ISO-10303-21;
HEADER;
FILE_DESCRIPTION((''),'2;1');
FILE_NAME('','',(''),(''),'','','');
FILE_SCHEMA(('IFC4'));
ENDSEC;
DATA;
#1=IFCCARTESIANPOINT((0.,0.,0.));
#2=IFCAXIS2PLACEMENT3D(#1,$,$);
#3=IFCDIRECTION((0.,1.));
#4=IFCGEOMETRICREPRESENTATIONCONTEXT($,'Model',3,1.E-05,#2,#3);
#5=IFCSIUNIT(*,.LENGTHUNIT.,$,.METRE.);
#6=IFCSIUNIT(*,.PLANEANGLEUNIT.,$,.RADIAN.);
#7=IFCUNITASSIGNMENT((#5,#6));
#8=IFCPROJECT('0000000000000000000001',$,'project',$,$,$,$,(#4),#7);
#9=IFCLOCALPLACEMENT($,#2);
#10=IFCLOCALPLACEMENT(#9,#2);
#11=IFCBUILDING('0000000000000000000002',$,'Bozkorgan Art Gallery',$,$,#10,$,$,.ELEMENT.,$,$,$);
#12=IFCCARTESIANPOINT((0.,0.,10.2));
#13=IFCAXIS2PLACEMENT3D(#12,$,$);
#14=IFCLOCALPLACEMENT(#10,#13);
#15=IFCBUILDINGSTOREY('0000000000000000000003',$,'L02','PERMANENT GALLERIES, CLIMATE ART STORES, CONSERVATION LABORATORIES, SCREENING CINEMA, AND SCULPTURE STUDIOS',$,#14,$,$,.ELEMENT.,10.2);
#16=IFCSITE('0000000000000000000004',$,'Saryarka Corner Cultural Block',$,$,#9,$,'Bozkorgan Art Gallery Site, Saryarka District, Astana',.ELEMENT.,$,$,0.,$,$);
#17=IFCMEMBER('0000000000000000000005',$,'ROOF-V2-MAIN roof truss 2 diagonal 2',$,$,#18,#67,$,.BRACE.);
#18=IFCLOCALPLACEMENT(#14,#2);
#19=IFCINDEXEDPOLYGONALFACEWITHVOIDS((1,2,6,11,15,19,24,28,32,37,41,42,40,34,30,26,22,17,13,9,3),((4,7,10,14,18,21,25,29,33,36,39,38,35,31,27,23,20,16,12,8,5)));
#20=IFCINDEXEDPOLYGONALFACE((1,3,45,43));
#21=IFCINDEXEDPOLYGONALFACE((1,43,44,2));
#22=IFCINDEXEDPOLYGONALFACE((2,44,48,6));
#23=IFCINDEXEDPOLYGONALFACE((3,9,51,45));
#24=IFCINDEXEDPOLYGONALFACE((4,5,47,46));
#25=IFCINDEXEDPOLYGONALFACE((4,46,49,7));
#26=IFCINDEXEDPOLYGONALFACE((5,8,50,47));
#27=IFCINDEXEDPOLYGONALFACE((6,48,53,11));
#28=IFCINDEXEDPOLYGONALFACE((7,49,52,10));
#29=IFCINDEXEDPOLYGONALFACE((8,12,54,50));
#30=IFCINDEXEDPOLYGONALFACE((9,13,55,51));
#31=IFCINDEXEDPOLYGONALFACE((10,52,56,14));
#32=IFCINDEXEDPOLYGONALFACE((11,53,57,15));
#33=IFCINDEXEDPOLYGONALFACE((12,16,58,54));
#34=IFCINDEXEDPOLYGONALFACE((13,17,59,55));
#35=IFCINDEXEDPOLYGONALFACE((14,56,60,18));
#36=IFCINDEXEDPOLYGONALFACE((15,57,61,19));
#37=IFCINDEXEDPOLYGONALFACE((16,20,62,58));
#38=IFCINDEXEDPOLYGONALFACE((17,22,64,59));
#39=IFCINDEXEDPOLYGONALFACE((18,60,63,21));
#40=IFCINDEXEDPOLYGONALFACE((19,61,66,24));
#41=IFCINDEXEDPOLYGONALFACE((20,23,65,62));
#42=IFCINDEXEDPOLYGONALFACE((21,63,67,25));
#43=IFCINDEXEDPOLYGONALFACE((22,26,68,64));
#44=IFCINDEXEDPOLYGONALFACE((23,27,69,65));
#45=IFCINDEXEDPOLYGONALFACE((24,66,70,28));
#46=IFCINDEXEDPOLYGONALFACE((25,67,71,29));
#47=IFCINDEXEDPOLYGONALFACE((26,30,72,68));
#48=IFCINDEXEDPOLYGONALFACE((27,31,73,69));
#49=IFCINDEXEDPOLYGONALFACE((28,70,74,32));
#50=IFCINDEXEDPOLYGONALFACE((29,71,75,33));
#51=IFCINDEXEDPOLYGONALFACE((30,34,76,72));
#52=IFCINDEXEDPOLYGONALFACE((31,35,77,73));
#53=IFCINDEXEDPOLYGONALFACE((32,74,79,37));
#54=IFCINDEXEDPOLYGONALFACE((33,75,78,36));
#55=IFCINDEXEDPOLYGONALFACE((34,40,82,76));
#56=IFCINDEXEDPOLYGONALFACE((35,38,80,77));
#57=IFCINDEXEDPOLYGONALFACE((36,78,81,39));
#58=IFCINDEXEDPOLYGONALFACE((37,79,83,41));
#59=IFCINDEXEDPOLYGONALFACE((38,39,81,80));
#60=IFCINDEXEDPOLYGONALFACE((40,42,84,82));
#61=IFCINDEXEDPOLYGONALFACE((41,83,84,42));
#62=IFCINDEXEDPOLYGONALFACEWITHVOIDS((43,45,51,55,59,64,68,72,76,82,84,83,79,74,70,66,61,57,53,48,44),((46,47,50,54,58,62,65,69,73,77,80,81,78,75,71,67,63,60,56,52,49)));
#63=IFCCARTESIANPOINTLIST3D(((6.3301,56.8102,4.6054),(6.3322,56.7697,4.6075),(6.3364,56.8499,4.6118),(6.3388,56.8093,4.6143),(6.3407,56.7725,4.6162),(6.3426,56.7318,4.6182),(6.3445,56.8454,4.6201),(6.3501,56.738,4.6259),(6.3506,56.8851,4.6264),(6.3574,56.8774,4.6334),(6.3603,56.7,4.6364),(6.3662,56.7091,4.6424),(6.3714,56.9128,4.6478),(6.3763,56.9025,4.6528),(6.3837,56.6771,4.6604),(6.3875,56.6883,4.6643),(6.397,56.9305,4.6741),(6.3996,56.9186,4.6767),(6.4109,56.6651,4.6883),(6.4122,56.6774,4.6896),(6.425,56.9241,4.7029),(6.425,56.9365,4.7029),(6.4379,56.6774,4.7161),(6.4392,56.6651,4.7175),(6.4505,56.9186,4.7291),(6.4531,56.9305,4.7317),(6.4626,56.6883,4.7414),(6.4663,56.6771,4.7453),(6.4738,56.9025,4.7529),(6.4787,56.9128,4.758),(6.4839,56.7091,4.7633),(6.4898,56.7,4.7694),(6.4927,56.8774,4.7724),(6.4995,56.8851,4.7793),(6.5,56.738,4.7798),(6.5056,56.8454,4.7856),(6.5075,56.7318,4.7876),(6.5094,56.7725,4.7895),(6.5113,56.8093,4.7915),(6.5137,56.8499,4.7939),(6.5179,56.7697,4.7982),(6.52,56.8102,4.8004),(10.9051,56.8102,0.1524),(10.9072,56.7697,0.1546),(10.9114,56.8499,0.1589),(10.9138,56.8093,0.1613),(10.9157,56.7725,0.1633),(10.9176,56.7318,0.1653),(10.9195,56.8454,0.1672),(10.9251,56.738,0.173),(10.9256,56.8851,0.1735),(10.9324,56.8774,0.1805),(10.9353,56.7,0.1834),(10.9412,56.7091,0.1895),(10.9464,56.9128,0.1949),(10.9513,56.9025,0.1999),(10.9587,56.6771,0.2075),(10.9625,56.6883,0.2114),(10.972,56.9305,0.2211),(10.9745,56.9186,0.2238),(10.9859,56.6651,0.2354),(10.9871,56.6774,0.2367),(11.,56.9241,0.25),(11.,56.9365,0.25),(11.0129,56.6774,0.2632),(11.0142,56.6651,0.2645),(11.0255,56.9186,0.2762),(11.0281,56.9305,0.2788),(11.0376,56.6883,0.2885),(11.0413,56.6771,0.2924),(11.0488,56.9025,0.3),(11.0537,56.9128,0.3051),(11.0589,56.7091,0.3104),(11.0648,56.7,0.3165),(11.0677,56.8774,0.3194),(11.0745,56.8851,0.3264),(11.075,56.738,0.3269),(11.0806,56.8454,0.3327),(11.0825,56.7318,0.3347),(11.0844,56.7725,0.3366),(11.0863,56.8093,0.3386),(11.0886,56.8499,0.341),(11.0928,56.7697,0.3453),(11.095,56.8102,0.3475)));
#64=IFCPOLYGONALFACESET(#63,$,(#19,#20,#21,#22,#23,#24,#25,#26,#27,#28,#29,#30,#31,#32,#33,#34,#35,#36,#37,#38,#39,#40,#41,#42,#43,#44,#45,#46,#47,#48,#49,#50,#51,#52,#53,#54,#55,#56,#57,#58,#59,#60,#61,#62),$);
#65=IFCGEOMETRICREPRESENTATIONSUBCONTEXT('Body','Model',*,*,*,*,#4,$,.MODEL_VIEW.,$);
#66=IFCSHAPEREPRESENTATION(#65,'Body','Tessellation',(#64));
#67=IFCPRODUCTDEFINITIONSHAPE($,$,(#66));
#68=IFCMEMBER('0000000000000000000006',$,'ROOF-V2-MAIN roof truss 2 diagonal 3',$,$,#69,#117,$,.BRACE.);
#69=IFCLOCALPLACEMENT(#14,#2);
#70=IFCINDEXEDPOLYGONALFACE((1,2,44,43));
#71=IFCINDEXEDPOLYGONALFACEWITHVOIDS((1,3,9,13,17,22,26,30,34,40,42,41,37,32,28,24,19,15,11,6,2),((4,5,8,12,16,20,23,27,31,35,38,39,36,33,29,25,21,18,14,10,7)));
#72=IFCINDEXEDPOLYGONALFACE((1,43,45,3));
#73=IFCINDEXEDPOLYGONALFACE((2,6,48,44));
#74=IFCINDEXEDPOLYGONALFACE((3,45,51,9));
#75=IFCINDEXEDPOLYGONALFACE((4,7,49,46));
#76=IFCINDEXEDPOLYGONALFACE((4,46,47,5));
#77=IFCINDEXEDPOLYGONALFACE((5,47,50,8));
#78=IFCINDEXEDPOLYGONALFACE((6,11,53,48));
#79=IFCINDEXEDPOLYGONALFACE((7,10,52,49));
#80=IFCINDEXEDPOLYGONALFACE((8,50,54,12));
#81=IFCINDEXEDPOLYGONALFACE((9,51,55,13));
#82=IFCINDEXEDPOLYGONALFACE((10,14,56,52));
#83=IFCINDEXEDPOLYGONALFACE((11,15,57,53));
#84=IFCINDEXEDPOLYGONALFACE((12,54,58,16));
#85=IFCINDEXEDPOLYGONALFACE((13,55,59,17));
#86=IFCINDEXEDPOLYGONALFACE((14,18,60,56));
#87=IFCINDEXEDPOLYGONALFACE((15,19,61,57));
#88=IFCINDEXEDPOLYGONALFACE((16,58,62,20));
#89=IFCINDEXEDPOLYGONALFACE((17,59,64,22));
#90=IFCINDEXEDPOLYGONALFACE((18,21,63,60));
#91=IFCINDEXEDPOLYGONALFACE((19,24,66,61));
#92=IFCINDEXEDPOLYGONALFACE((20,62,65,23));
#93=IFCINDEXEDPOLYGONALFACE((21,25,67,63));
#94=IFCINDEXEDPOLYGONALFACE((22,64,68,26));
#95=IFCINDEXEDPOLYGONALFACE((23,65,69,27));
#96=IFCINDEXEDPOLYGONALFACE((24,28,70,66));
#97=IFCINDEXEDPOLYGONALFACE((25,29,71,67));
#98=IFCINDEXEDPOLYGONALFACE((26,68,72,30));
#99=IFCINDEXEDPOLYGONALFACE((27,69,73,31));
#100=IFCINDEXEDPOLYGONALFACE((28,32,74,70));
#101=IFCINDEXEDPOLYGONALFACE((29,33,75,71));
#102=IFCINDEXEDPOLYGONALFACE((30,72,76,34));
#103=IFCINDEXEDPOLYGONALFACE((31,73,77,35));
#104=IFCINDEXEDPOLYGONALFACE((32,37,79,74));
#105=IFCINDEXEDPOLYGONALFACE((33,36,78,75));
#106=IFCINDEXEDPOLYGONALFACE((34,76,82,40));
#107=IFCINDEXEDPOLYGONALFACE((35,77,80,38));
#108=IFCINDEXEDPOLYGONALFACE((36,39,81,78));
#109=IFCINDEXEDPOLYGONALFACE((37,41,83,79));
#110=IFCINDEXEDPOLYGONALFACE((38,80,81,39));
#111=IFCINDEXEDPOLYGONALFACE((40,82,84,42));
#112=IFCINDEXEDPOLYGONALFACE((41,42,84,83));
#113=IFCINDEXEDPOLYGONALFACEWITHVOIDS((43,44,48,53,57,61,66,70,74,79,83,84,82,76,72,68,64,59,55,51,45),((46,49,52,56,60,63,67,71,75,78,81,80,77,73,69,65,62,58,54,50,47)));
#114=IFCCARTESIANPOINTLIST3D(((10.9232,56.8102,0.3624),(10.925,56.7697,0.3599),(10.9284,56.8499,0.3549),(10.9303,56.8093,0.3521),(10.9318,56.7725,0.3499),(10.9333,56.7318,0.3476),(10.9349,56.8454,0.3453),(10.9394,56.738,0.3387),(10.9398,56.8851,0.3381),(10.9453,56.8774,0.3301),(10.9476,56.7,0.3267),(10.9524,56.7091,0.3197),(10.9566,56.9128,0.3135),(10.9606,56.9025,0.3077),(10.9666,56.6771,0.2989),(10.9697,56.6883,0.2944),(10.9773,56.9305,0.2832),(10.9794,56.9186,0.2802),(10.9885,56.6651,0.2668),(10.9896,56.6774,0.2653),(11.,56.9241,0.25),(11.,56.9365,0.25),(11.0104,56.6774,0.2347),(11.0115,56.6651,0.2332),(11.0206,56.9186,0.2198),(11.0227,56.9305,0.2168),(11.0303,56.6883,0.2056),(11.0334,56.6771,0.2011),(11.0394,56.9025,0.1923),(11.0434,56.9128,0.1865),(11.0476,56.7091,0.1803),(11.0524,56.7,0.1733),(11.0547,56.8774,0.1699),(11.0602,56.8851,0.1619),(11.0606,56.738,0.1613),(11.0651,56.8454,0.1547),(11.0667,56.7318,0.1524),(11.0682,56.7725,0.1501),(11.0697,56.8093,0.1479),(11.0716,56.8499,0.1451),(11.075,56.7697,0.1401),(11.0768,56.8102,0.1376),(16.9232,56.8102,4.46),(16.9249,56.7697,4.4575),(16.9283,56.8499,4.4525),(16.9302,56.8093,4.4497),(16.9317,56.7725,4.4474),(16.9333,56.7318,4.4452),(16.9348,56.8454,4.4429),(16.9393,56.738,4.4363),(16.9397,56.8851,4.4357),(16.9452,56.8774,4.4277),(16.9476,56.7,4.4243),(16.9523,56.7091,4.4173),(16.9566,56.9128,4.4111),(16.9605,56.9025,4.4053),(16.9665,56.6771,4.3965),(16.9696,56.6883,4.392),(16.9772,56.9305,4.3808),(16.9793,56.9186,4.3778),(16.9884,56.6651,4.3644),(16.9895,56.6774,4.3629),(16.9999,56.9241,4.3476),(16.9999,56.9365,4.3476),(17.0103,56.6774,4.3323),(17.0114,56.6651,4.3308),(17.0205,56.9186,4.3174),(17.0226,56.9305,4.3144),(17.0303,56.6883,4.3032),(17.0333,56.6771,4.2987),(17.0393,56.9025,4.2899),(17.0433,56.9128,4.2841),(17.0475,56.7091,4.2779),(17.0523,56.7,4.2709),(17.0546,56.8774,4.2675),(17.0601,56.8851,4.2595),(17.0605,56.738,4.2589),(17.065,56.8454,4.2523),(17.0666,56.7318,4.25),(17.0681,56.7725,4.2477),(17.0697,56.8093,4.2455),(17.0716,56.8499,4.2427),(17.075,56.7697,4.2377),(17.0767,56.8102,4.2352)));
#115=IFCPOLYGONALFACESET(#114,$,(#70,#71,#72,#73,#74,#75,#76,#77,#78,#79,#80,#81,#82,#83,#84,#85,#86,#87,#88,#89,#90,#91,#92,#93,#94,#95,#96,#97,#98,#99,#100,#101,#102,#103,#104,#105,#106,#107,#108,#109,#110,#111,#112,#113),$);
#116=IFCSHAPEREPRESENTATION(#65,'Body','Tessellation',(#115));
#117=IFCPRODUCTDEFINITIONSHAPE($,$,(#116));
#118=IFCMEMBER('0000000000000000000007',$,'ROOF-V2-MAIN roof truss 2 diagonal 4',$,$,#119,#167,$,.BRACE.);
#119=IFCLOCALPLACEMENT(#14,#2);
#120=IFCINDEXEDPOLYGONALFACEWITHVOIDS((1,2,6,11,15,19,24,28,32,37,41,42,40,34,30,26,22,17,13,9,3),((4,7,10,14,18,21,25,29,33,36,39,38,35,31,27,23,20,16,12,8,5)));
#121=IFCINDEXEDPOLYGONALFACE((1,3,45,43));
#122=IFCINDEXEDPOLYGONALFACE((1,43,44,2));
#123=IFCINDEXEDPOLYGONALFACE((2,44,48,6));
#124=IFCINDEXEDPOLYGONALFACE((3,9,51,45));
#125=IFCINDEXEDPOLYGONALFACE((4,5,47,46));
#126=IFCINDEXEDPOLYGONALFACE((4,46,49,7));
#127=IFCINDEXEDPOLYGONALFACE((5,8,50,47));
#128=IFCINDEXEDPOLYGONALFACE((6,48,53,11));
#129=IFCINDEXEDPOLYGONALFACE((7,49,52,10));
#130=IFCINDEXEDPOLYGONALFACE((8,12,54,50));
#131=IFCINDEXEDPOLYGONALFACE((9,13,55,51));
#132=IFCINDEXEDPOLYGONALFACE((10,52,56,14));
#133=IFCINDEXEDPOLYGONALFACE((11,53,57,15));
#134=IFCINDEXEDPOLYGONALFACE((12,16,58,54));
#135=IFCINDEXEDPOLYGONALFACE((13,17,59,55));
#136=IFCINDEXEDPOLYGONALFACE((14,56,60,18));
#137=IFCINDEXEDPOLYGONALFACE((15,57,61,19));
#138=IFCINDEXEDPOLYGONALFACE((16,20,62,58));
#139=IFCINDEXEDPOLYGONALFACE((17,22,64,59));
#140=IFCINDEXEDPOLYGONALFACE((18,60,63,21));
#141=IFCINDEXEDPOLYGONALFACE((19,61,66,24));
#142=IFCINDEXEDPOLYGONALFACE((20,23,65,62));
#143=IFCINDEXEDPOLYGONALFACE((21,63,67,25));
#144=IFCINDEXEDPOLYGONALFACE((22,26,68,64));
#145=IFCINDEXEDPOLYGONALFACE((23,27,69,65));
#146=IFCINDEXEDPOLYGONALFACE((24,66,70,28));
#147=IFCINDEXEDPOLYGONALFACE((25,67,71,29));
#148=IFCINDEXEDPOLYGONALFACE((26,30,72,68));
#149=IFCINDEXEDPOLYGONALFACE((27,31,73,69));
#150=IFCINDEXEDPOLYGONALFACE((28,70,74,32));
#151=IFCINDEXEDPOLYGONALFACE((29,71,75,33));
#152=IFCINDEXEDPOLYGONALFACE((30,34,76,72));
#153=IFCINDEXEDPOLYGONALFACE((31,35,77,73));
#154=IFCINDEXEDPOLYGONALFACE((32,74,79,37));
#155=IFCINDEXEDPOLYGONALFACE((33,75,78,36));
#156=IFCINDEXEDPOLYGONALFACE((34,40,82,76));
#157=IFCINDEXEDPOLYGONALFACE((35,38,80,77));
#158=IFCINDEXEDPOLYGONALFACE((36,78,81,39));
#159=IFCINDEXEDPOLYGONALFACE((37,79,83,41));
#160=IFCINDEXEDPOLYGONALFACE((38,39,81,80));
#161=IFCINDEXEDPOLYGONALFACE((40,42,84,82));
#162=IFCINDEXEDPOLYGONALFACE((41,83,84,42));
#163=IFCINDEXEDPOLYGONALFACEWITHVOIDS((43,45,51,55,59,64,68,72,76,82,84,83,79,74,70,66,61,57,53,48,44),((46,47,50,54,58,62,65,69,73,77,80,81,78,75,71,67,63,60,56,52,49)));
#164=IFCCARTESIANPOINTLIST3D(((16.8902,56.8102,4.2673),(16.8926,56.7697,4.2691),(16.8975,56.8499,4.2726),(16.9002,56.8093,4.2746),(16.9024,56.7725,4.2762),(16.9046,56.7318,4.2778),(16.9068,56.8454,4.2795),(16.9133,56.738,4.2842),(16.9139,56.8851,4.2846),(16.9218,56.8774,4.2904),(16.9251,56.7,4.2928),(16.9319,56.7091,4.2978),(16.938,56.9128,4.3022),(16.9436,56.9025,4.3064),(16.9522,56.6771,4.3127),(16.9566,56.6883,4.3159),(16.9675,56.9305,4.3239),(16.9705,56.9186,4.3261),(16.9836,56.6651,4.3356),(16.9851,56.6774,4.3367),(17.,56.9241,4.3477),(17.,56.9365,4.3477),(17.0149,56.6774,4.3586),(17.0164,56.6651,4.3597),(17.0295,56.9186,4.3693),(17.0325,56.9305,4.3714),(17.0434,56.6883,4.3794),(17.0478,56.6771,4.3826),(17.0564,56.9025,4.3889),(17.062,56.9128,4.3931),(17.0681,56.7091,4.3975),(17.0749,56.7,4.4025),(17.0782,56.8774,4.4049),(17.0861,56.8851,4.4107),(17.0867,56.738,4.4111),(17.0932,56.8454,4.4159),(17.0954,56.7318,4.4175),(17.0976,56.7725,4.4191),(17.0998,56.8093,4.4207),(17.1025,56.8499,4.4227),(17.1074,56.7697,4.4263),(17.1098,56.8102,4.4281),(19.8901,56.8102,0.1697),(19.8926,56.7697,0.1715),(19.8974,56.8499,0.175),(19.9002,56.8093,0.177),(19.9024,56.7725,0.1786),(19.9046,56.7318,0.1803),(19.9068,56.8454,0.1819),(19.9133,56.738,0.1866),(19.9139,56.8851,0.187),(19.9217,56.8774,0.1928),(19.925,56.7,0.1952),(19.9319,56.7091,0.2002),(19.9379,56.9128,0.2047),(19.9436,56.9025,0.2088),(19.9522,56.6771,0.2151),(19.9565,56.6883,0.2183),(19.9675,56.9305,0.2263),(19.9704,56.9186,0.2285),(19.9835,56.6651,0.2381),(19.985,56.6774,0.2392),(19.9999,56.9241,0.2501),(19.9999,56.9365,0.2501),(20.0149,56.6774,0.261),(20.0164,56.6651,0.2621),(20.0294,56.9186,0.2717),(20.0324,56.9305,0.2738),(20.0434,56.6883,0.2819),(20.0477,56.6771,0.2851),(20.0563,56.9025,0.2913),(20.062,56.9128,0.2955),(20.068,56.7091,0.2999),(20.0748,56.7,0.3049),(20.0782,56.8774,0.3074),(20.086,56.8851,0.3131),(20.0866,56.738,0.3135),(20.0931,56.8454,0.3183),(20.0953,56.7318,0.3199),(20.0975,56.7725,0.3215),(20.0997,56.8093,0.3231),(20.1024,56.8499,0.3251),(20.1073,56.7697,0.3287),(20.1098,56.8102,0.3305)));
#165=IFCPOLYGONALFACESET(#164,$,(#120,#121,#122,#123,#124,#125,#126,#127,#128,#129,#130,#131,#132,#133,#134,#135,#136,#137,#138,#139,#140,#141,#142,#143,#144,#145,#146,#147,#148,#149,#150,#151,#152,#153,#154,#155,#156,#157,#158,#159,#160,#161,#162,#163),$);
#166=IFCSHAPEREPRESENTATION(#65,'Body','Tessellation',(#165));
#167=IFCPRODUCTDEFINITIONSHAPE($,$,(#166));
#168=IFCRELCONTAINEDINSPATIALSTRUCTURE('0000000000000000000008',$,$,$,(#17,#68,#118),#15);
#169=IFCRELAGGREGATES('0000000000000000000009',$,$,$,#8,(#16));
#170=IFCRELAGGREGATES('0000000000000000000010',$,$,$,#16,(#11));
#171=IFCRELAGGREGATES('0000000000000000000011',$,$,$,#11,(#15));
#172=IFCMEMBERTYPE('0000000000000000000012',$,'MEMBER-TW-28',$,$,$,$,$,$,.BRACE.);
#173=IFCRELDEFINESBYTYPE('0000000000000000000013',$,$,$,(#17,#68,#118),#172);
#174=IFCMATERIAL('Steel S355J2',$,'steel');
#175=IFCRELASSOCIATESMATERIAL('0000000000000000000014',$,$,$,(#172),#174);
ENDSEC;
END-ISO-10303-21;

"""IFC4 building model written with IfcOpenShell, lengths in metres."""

from ifc_helpers import new_model, si_unit, direction, frame, origin, origin_2d, place, context, subcontext, project, spatial, hollow_circle, extrude, material, material_profile, profile_set, type_object, element, save


model = new_model("IFC4")

# Units and contexts
model_context = context("Model", 3, precision=1e-05, world=origin(), true_north=direction((0.0, 1.0)))
body_context = subcontext(model_context, "Body", "Model", "MODEL_VIEW")
ifc_project = project(units=[si_unit("LENGTHUNIT", "METRE"), si_unit("PLANEANGLEUNIT", "RADIAN")], contexts=[model_context])

# Site, building, storey
site_placement = place(None, origin())
site = spatial("IfcSite", under=ifc_project, at=site_placement, Name="Saryarka Corner Cultural Block", LongName="Bozkorgan Art Gallery Site, Saryarka District, Astana", CompositionType="ELEMENT", RefElevation=0.0)
building_placement = place(site_placement, origin())
building = spatial("IfcBuilding", under=site, at=building_placement, Name="Bozkorgan Art Gallery", CompositionType="ELEMENT")
storey_placement = place(building_placement, frame((0.0, 0.0, 10.2)))
storey = spatial("IfcBuildingStorey", under=building, at=storey_placement, Name="L02", Description="PERMANENT GALLERIES, CLIMATE ART STORES, CONSERVATION LABORATORIES, SCREENING CINEMA, AND SCULPTURE STUDIOS", CompositionType="ELEMENT", Elevation=10.2)

# Shared definitions
ifc_material_1 = material(Name="Steel S355J2", Category="steel")

# Members
ifc_material_profile_1 = material_profile(ifc_material_1, hollow_circle(Radius=0.1365, WallThickness=0.0125, at=origin_2d()), Name="CHS 273x12.5")
ifc_profile_set_1 = profile_set([ifc_material_profile_1], Name="Steel S355J2")
member_type_1 = type_object("IfcMemberType", Name="MEMBER-TW-28", PredefinedType="BRACE", material=ifc_profile_set_1)
for number, where, z_axis, x_axis, name in (
    (1, (6.425, 56.8, 4.7029), (0.716602, 0.0, -0.697482), (0.0, 1.0, 0.0), "ROOF-V2-MAIN roof truss 2 diagonal 2"),
):
    element("IfcMember", number, at=place(storey_placement, frame(where, z_axis=z_axis, x_axis=x_axis)), inside=storey, type_object=member_type_1, Name=name, PredefinedType="BRACE", context=body_context, shape_type="SweptSolid", body=[
        extrude(hollow_circle(Radius=0.1365, WallThickness=0.0125, at=origin_2d()), origin(), (0.0, 0.0, 1.0), 6.3843),
    ])
member_1_placement = place(storey_placement, frame((11.0, 56.8, 0.25), z_axis=(0.825795, 0.0, 0.563971), x_axis=(0.0, 1.0, 0.0)))
element("IfcMember", 2, at=member_1_placement, inside=storey, type_object=member_type_1, Name="ROOF-V2-MAIN roof truss 2 diagonal 3", PredefinedType="BRACE", context=body_context, shape_type="SweptSolid", body=[
    extrude(hollow_circle(Radius=0.1365, WallThickness=0.0125, at=origin_2d()), origin(), (0.0, 0.0, 1.0), 7.2656),
])
member_2_placement = place(storey_placement, frame((17.0, 56.8, 4.3477), z_axis=(0.59073, 0.0, -0.806869), x_axis=(0.0, 1.0, 0.0)))
element("IfcMember", 3, at=member_2_placement, inside=storey, type_object=member_type_1, Name="ROOF-V2-MAIN roof truss 2 diagonal 4", PredefinedType="BRACE", context=body_context, shape_type="SweptSolid", body=[
    extrude(hollow_circle(Radius=0.1365, WallThickness=0.0125, at=origin_2d()), origin(), (0.0, 0.0, 1.0), 5.0784),
])

save(model, "model.ifc")
